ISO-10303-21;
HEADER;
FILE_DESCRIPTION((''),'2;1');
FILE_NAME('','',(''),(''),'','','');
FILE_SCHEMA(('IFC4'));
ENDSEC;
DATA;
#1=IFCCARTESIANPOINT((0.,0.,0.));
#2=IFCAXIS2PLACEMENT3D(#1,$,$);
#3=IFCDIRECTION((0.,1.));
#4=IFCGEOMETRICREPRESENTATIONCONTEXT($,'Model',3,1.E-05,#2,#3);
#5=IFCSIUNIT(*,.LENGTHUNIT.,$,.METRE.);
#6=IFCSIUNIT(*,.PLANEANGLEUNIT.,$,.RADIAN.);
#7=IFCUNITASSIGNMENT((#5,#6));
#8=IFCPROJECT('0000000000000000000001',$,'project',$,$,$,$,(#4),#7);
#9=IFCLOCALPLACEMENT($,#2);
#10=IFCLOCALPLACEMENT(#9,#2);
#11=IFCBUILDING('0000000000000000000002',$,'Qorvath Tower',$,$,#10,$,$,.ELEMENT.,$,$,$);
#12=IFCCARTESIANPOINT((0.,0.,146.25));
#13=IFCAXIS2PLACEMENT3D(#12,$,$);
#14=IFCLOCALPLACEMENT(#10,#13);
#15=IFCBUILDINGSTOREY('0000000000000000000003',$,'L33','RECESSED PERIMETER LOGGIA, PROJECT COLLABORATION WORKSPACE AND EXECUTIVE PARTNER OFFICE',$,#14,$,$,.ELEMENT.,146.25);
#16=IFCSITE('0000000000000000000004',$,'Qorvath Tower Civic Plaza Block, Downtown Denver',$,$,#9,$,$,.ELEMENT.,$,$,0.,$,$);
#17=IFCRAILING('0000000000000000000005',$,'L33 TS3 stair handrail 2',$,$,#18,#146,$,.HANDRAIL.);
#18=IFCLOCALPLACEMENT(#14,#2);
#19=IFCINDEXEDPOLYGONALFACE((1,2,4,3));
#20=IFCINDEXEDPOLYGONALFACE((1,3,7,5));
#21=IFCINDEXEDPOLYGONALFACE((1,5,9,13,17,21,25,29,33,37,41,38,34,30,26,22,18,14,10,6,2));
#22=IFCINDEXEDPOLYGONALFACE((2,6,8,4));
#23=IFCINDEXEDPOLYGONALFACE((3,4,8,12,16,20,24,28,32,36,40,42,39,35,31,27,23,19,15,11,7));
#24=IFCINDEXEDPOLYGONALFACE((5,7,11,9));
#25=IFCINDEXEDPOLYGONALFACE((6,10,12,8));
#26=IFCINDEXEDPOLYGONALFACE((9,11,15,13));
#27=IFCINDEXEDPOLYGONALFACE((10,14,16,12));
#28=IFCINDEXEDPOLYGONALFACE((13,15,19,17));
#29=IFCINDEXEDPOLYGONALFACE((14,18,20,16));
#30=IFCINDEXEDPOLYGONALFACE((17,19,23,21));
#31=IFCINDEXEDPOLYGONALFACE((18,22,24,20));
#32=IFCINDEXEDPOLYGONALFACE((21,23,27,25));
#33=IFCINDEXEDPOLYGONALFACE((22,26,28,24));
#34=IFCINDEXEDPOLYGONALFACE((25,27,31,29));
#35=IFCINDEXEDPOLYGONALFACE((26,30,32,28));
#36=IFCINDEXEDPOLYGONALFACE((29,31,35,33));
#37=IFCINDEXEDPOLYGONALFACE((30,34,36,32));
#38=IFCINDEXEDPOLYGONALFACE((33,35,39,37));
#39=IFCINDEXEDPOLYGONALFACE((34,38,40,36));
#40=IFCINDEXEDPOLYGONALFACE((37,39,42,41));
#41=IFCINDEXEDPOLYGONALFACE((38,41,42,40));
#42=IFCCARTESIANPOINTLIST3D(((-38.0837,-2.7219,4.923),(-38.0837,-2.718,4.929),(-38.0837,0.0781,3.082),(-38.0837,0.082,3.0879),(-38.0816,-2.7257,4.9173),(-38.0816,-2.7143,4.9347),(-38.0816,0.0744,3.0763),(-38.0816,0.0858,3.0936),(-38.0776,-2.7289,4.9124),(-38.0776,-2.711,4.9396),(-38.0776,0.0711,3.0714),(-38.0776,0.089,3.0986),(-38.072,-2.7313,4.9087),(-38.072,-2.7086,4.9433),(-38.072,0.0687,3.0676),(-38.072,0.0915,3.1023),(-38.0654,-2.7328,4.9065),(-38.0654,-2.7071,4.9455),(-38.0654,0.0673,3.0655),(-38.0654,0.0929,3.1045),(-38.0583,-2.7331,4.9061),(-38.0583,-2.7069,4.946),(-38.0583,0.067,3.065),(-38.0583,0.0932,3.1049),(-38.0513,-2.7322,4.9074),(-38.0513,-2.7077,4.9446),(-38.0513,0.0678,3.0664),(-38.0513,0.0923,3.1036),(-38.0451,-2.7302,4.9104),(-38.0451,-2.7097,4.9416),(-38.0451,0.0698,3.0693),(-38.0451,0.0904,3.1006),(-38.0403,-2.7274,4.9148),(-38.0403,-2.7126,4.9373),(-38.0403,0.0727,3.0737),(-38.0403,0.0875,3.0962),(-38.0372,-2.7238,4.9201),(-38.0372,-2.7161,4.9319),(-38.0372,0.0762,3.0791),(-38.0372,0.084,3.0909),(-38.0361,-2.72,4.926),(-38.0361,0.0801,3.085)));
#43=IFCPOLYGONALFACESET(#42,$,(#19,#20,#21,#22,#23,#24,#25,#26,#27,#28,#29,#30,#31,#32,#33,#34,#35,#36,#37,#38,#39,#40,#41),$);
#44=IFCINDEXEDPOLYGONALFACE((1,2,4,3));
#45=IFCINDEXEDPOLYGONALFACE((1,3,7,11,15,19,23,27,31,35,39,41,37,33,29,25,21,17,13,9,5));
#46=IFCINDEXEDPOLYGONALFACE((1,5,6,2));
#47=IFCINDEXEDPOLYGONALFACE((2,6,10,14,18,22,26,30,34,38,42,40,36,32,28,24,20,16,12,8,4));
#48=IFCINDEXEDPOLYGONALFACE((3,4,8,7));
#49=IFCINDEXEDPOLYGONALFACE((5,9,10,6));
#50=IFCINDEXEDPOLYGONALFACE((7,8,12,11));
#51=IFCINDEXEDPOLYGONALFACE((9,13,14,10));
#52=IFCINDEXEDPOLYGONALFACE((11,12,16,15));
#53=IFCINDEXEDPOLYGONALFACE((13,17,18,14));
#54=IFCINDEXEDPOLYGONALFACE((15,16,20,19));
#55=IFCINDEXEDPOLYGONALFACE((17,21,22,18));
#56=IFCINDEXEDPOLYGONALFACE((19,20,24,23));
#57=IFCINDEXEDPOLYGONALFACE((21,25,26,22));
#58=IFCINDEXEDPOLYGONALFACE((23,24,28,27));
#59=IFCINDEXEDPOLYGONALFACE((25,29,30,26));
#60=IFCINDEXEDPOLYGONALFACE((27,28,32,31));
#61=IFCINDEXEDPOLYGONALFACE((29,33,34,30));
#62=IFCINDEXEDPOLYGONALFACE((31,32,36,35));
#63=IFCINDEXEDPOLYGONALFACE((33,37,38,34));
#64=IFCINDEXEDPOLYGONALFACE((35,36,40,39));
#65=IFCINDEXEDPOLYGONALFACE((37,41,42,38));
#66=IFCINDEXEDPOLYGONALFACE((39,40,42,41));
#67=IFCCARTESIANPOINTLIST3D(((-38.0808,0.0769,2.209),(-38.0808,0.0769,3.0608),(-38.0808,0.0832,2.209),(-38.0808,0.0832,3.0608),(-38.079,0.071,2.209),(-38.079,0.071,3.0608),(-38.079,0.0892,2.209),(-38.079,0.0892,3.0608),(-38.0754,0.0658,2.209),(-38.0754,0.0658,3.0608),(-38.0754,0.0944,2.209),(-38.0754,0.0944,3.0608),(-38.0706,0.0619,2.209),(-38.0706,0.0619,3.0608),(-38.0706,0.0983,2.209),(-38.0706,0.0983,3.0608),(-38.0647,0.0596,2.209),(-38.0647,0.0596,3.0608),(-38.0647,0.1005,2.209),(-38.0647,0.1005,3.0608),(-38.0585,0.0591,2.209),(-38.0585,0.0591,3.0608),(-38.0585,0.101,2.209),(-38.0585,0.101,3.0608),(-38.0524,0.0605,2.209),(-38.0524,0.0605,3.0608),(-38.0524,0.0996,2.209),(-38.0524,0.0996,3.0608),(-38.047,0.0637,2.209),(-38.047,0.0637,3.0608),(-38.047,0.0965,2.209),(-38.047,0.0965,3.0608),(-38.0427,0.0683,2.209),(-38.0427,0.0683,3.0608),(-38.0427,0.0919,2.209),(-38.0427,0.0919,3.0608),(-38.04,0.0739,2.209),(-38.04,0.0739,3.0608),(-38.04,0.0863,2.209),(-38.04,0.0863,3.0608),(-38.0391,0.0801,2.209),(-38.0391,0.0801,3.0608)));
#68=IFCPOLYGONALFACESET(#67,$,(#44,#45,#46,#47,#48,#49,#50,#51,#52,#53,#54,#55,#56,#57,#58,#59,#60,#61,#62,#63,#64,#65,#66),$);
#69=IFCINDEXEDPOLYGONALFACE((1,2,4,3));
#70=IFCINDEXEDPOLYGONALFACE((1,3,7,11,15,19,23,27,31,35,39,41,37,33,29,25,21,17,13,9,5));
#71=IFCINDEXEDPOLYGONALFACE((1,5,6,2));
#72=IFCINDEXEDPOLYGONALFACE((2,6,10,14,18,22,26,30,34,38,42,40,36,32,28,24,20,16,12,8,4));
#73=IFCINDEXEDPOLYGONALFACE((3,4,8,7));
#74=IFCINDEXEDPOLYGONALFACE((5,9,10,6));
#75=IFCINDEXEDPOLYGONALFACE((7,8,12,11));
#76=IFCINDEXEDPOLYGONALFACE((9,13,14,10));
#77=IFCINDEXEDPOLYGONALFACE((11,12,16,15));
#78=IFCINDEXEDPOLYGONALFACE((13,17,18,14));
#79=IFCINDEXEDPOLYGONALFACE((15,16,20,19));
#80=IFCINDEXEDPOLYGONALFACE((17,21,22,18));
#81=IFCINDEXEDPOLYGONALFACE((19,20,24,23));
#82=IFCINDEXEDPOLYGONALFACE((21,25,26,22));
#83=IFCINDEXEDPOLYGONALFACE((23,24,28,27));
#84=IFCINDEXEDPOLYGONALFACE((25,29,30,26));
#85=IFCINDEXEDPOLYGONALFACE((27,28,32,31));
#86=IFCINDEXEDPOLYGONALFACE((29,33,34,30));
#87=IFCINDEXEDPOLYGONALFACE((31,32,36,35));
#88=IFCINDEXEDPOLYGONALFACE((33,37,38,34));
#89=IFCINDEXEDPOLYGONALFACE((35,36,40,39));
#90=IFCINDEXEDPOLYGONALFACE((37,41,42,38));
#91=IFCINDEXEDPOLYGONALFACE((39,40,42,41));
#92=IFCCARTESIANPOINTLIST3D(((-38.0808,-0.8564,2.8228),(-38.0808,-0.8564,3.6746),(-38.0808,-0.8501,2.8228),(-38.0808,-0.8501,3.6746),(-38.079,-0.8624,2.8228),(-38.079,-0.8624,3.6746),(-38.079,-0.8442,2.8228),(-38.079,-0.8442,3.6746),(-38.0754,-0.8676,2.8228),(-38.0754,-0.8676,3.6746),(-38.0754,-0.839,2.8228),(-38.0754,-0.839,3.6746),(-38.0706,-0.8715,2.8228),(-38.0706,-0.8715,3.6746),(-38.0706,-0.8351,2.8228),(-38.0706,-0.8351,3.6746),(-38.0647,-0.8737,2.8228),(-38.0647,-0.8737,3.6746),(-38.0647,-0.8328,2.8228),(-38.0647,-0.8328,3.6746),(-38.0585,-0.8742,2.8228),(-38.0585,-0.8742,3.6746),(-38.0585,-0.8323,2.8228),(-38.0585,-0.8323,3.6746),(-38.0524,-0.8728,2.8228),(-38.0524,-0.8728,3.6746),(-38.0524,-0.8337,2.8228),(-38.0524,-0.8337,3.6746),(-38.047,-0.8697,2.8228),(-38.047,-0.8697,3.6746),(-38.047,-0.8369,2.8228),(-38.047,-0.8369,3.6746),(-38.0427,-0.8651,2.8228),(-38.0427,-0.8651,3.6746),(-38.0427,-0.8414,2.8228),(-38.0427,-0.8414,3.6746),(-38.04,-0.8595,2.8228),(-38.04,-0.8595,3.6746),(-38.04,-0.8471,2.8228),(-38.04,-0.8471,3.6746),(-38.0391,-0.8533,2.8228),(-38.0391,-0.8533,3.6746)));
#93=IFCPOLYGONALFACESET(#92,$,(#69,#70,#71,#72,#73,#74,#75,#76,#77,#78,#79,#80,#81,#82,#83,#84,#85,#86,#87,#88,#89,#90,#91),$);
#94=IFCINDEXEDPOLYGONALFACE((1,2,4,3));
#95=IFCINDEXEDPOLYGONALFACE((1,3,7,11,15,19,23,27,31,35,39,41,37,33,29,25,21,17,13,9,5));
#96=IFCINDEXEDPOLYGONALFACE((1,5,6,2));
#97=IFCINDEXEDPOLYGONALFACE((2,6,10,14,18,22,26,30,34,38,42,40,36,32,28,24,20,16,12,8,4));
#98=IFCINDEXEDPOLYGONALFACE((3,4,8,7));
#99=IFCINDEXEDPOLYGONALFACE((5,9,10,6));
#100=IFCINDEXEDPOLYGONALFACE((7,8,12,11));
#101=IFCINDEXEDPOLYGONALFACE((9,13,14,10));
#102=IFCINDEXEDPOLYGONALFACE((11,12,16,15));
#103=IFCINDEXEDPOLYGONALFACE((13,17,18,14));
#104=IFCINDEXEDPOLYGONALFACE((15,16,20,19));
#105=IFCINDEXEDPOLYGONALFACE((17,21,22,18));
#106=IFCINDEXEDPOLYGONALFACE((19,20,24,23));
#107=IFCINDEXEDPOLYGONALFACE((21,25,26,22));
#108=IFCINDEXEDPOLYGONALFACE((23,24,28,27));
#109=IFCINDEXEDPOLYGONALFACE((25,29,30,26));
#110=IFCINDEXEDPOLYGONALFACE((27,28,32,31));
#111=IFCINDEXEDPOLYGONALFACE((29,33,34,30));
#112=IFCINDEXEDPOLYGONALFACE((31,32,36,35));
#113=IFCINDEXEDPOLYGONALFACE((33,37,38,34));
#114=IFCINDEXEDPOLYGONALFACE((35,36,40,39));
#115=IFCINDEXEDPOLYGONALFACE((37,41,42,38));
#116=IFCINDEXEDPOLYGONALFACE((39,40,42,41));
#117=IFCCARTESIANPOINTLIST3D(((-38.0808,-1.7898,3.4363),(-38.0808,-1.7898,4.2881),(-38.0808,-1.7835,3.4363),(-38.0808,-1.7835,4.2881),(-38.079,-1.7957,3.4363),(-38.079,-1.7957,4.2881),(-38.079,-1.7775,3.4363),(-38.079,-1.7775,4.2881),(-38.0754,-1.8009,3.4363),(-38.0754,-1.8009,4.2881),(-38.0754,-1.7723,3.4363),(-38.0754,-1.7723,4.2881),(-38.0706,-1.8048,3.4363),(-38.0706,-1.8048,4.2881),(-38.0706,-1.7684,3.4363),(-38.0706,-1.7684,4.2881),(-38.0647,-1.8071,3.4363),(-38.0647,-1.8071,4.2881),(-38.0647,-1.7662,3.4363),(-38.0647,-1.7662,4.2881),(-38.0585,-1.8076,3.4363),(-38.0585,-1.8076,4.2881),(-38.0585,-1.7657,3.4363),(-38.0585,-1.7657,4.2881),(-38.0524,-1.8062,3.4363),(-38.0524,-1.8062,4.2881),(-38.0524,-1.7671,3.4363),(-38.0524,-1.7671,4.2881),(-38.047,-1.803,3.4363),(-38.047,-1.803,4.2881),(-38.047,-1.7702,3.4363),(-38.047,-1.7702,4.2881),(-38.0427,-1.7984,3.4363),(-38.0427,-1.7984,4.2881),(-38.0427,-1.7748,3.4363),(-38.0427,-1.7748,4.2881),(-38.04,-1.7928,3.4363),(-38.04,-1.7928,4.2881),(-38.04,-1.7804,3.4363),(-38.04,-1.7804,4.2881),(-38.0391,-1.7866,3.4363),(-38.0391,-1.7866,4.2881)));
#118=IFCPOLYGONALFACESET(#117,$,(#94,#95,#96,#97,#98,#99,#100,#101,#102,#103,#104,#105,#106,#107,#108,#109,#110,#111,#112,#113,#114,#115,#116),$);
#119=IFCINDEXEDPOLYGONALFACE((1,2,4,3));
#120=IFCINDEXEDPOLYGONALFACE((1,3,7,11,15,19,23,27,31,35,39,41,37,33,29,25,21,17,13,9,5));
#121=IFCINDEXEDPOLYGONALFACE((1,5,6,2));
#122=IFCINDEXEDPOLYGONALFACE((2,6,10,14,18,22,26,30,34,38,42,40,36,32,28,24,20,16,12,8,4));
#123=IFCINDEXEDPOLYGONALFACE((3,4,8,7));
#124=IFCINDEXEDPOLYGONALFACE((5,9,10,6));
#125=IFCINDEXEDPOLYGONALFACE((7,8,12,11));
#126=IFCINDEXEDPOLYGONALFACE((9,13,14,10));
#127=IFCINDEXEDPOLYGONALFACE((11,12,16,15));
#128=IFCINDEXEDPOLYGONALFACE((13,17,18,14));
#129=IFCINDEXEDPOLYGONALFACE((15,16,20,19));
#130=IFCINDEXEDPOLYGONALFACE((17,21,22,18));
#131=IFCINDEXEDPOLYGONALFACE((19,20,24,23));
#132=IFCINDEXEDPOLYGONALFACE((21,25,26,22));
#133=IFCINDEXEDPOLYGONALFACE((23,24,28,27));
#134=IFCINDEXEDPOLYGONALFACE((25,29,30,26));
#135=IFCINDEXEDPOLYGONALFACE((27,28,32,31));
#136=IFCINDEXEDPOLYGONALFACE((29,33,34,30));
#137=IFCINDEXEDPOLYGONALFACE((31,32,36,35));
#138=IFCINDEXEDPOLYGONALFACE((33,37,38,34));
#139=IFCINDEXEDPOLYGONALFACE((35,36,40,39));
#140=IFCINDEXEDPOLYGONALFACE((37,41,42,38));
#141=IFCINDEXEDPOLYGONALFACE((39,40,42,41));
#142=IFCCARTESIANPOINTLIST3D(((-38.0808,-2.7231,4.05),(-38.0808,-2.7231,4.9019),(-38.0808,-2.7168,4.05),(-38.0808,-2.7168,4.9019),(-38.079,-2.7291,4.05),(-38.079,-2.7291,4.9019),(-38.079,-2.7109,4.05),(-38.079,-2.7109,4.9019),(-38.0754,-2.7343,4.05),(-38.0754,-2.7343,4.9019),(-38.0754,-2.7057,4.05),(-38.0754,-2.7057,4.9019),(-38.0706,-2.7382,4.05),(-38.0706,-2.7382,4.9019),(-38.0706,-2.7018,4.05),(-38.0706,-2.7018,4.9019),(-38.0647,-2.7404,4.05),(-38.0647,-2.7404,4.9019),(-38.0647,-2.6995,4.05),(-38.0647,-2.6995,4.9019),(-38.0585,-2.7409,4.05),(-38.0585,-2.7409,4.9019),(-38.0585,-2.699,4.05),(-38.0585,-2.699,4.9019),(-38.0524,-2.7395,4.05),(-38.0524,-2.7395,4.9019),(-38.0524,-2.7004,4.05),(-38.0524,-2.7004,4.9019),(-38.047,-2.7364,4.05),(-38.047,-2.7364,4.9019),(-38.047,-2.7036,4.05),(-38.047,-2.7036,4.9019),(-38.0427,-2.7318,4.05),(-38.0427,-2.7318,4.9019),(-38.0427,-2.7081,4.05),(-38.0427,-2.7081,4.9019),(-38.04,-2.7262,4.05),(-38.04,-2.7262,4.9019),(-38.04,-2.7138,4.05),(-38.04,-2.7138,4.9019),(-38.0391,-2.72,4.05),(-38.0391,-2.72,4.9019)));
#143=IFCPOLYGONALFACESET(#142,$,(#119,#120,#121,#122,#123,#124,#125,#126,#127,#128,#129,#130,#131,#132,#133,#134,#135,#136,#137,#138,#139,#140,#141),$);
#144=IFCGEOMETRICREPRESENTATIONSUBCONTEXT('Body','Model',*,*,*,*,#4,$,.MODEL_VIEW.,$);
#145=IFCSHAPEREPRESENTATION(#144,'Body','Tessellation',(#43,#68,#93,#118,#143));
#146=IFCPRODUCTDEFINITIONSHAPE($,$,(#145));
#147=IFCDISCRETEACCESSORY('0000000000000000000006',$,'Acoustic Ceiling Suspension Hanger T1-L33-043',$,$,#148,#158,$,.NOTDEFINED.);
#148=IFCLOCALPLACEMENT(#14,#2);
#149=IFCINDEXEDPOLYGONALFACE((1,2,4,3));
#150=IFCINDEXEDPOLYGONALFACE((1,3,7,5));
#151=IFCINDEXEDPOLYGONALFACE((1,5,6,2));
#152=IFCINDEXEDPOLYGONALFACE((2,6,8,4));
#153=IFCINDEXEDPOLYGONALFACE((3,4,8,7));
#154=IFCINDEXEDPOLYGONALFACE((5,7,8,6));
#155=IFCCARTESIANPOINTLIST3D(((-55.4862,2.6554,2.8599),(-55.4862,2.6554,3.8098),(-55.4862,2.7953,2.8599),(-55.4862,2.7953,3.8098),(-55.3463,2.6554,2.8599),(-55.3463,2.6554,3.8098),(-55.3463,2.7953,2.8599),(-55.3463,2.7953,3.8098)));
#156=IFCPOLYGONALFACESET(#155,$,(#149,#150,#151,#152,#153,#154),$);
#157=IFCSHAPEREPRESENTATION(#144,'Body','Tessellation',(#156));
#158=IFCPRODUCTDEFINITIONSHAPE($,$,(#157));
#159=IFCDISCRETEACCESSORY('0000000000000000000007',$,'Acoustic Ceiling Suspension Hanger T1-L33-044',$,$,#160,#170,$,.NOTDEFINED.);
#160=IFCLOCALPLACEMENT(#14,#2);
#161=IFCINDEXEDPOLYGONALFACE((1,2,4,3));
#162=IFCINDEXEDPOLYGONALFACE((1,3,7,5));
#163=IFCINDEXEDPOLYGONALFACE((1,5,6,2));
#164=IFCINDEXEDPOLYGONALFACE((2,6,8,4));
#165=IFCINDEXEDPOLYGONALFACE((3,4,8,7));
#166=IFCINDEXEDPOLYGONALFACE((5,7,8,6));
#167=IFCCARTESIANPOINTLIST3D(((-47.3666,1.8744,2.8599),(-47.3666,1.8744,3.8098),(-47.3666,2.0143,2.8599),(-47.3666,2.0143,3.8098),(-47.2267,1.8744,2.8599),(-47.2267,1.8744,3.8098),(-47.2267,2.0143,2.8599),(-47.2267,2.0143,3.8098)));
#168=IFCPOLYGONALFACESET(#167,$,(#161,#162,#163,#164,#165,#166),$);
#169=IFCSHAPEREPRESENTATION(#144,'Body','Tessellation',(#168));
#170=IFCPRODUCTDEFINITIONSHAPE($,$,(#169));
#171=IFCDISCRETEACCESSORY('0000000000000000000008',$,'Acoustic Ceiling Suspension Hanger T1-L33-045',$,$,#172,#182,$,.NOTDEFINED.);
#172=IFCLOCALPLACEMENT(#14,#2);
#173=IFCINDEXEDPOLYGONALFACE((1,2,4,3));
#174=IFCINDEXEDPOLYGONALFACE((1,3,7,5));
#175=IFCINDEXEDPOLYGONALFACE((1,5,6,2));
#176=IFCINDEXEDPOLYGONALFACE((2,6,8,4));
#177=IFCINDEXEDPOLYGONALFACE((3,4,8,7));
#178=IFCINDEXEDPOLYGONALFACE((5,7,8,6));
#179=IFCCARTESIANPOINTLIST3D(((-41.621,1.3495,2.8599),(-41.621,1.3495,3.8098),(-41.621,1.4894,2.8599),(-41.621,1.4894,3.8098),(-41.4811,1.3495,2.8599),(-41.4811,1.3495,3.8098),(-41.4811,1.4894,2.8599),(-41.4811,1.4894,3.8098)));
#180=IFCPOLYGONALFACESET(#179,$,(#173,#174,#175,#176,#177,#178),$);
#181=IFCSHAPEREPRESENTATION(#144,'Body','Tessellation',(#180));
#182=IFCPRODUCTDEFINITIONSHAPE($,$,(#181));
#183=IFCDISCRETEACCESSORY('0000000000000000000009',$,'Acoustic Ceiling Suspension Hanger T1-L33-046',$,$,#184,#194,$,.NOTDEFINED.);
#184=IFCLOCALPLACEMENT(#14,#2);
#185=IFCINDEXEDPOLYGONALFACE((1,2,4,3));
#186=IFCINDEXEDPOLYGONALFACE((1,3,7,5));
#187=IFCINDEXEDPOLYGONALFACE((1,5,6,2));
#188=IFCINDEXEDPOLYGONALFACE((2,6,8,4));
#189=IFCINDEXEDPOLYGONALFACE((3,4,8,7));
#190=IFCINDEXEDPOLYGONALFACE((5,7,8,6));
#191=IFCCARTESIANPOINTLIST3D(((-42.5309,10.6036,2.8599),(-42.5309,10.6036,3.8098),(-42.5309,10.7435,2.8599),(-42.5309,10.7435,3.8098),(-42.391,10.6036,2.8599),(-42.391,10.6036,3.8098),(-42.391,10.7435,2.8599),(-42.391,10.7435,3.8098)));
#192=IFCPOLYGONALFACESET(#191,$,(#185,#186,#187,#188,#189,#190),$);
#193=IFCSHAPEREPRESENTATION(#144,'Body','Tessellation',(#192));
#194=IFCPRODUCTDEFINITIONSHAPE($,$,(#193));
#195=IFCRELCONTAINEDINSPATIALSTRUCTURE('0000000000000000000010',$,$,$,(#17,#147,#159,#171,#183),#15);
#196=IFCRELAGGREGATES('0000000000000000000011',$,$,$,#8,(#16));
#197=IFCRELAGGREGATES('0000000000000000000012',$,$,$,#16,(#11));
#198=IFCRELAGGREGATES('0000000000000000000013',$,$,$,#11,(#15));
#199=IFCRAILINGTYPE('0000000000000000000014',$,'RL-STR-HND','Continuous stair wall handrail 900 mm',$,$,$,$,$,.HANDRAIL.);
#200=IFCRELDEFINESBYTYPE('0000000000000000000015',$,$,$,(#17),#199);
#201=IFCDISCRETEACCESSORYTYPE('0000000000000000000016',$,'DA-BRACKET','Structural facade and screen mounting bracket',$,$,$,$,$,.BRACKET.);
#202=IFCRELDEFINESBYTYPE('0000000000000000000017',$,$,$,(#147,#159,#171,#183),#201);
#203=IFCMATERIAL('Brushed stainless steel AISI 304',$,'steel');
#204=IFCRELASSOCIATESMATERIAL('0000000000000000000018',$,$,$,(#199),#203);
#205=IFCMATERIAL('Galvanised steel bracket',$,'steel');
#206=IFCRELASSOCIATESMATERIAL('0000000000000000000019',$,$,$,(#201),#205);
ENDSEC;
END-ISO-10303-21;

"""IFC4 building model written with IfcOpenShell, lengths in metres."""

from ifc_helpers import new_model, si_unit, direction, frame, origin, origin_2d, place, context, subcontext, project, spatial, rectangle, circle, extrude, material, type_object, element, save


model = new_model("IFC4")

# Units and contexts
model_context = context("Model", 3, precision=1e-05, world=origin(), true_north=direction((0.0, 1.0)))
body_context = subcontext(model_context, "Body", "Model", "MODEL_VIEW")
ifc_project = project(units=[si_unit("LENGTHUNIT", "METRE"), si_unit("PLANEANGLEUNIT", "RADIAN")], contexts=[model_context])

# Site, building, storey
site_placement = place(None, origin())
site = spatial("IfcSite", under=ifc_project, at=site_placement, Name="Qorvath Tower Civic Plaza Block, Downtown Denver", CompositionType="ELEMENT", RefElevation=0.0)
building_placement = place(site_placement, origin())
building = spatial("IfcBuilding", under=site, at=building_placement, Name="Qorvath Tower", CompositionType="ELEMENT")
storey_placement = place(building_placement, frame((0.0, 0.0, 146.25)))
storey = spatial("IfcBuildingStorey", under=building, at=storey_placement, Name="L33", Description="RECESSED PERIMETER LOGGIA, PROJECT COLLABORATION WORKSPACE AND EXECUTIVE PARTNER OFFICE", CompositionType="ELEMENT", Elevation=146.25)

# Railing
ifc_material_1 = material(Name="Brushed stainless steel AISI 304", Category="steel")
railing_type = type_object("IfcRailingType", Name="RL-STR-HND", Description="Continuous stair wall handrail 900 mm", PredefinedType="HANDRAIL", material=ifc_material_1)
railing_placement = place(storey_placement, frame((-38.0601, 0.0801, 2.209)))
element("IfcRailing", 1, at=railing_placement, inside=storey, type_object=railing_type, Name="L33 TS3 stair handrail 2", PredefinedType="HANDRAIL", context=body_context, shape_type="SweptSolid", body=[
    extrude(circle(Radius=0.0239, at=origin_2d()), frame((0.0, 0.0, 0.876), z_axis=(0.0, -0.835564, 0.549393), x_axis=(1.0, 0.0, 0.0)), (0.0, 0.0, 1.0), 3.3511),
    extrude(circle(Radius=0.021, at=origin_2d()), origin(), (0.0, 0.0, 1.0), 0.8518),
    extrude(circle(Radius=0.021, at=origin_2d()), frame((0.0, -0.9333, 0.6138)), (0.0, 0.0, 1.0), 0.8518),
    extrude(circle(Radius=0.021, at=origin_2d()), frame((0.0, -1.8667, 1.2273)), (0.0, 0.0, 1.0), 0.8518),
    extrude(circle(Radius=0.021, at=origin_2d()), frame((0.0, -2.8, 1.8411)), (0.0, 0.0, 1.0), 0.8518),
])

# Discrete accessories
ifc_material_2 = material(Name="Galvanised steel bracket", Category="steel")
discrete_accessory_type = type_object("IfcDiscreteAccessoryType", Name="DA-BRACKET", Description="Structural facade and screen mounting bracket", PredefinedType="BRACKET", material=ifc_material_2)
for number, where, z_axis, x_axis, name in (
    (2, (-55.4163, 2.7253, 2.8599), (0.0, 0.0, 1.0), (1.0, 0.0, 0.0), "Acoustic Ceiling Suspension Hanger T1-L33-043"),
    (3, (-47.2966, 1.9443, 2.8599), (0.0, 0.0, 1.0), (1.0, 0.0, 0.0), "Acoustic Ceiling Suspension Hanger T1-L33-044"),
    (4, (-41.551, 1.4194, 2.8599), (0.0, 0.0, 1.0), (1.0, 0.0, 0.0), "Acoustic Ceiling Suspension Hanger T1-L33-045"),
    (5, (-42.4609, 10.6736, 2.8599), (0.0, 0.0, 1.0), (1.0, 0.0, 0.0), "Acoustic Ceiling Suspension Hanger T1-L33-046"),
):
    element("IfcDiscreteAccessory", number, at=place(storey_placement, frame(where, z_axis=z_axis, x_axis=x_axis)), inside=storey, type_object=discrete_accessory_type, Name=name, PredefinedType="NOTDEFINED", context=body_context, shape_type="SweptSolid", body=[
        extrude(rectangle(XDim=0.1399, YDim=0.1399, at=origin_2d()), origin(), (0.0, 0.0, 1.0), 0.95),
    ])

save(model, "model.ifc")
